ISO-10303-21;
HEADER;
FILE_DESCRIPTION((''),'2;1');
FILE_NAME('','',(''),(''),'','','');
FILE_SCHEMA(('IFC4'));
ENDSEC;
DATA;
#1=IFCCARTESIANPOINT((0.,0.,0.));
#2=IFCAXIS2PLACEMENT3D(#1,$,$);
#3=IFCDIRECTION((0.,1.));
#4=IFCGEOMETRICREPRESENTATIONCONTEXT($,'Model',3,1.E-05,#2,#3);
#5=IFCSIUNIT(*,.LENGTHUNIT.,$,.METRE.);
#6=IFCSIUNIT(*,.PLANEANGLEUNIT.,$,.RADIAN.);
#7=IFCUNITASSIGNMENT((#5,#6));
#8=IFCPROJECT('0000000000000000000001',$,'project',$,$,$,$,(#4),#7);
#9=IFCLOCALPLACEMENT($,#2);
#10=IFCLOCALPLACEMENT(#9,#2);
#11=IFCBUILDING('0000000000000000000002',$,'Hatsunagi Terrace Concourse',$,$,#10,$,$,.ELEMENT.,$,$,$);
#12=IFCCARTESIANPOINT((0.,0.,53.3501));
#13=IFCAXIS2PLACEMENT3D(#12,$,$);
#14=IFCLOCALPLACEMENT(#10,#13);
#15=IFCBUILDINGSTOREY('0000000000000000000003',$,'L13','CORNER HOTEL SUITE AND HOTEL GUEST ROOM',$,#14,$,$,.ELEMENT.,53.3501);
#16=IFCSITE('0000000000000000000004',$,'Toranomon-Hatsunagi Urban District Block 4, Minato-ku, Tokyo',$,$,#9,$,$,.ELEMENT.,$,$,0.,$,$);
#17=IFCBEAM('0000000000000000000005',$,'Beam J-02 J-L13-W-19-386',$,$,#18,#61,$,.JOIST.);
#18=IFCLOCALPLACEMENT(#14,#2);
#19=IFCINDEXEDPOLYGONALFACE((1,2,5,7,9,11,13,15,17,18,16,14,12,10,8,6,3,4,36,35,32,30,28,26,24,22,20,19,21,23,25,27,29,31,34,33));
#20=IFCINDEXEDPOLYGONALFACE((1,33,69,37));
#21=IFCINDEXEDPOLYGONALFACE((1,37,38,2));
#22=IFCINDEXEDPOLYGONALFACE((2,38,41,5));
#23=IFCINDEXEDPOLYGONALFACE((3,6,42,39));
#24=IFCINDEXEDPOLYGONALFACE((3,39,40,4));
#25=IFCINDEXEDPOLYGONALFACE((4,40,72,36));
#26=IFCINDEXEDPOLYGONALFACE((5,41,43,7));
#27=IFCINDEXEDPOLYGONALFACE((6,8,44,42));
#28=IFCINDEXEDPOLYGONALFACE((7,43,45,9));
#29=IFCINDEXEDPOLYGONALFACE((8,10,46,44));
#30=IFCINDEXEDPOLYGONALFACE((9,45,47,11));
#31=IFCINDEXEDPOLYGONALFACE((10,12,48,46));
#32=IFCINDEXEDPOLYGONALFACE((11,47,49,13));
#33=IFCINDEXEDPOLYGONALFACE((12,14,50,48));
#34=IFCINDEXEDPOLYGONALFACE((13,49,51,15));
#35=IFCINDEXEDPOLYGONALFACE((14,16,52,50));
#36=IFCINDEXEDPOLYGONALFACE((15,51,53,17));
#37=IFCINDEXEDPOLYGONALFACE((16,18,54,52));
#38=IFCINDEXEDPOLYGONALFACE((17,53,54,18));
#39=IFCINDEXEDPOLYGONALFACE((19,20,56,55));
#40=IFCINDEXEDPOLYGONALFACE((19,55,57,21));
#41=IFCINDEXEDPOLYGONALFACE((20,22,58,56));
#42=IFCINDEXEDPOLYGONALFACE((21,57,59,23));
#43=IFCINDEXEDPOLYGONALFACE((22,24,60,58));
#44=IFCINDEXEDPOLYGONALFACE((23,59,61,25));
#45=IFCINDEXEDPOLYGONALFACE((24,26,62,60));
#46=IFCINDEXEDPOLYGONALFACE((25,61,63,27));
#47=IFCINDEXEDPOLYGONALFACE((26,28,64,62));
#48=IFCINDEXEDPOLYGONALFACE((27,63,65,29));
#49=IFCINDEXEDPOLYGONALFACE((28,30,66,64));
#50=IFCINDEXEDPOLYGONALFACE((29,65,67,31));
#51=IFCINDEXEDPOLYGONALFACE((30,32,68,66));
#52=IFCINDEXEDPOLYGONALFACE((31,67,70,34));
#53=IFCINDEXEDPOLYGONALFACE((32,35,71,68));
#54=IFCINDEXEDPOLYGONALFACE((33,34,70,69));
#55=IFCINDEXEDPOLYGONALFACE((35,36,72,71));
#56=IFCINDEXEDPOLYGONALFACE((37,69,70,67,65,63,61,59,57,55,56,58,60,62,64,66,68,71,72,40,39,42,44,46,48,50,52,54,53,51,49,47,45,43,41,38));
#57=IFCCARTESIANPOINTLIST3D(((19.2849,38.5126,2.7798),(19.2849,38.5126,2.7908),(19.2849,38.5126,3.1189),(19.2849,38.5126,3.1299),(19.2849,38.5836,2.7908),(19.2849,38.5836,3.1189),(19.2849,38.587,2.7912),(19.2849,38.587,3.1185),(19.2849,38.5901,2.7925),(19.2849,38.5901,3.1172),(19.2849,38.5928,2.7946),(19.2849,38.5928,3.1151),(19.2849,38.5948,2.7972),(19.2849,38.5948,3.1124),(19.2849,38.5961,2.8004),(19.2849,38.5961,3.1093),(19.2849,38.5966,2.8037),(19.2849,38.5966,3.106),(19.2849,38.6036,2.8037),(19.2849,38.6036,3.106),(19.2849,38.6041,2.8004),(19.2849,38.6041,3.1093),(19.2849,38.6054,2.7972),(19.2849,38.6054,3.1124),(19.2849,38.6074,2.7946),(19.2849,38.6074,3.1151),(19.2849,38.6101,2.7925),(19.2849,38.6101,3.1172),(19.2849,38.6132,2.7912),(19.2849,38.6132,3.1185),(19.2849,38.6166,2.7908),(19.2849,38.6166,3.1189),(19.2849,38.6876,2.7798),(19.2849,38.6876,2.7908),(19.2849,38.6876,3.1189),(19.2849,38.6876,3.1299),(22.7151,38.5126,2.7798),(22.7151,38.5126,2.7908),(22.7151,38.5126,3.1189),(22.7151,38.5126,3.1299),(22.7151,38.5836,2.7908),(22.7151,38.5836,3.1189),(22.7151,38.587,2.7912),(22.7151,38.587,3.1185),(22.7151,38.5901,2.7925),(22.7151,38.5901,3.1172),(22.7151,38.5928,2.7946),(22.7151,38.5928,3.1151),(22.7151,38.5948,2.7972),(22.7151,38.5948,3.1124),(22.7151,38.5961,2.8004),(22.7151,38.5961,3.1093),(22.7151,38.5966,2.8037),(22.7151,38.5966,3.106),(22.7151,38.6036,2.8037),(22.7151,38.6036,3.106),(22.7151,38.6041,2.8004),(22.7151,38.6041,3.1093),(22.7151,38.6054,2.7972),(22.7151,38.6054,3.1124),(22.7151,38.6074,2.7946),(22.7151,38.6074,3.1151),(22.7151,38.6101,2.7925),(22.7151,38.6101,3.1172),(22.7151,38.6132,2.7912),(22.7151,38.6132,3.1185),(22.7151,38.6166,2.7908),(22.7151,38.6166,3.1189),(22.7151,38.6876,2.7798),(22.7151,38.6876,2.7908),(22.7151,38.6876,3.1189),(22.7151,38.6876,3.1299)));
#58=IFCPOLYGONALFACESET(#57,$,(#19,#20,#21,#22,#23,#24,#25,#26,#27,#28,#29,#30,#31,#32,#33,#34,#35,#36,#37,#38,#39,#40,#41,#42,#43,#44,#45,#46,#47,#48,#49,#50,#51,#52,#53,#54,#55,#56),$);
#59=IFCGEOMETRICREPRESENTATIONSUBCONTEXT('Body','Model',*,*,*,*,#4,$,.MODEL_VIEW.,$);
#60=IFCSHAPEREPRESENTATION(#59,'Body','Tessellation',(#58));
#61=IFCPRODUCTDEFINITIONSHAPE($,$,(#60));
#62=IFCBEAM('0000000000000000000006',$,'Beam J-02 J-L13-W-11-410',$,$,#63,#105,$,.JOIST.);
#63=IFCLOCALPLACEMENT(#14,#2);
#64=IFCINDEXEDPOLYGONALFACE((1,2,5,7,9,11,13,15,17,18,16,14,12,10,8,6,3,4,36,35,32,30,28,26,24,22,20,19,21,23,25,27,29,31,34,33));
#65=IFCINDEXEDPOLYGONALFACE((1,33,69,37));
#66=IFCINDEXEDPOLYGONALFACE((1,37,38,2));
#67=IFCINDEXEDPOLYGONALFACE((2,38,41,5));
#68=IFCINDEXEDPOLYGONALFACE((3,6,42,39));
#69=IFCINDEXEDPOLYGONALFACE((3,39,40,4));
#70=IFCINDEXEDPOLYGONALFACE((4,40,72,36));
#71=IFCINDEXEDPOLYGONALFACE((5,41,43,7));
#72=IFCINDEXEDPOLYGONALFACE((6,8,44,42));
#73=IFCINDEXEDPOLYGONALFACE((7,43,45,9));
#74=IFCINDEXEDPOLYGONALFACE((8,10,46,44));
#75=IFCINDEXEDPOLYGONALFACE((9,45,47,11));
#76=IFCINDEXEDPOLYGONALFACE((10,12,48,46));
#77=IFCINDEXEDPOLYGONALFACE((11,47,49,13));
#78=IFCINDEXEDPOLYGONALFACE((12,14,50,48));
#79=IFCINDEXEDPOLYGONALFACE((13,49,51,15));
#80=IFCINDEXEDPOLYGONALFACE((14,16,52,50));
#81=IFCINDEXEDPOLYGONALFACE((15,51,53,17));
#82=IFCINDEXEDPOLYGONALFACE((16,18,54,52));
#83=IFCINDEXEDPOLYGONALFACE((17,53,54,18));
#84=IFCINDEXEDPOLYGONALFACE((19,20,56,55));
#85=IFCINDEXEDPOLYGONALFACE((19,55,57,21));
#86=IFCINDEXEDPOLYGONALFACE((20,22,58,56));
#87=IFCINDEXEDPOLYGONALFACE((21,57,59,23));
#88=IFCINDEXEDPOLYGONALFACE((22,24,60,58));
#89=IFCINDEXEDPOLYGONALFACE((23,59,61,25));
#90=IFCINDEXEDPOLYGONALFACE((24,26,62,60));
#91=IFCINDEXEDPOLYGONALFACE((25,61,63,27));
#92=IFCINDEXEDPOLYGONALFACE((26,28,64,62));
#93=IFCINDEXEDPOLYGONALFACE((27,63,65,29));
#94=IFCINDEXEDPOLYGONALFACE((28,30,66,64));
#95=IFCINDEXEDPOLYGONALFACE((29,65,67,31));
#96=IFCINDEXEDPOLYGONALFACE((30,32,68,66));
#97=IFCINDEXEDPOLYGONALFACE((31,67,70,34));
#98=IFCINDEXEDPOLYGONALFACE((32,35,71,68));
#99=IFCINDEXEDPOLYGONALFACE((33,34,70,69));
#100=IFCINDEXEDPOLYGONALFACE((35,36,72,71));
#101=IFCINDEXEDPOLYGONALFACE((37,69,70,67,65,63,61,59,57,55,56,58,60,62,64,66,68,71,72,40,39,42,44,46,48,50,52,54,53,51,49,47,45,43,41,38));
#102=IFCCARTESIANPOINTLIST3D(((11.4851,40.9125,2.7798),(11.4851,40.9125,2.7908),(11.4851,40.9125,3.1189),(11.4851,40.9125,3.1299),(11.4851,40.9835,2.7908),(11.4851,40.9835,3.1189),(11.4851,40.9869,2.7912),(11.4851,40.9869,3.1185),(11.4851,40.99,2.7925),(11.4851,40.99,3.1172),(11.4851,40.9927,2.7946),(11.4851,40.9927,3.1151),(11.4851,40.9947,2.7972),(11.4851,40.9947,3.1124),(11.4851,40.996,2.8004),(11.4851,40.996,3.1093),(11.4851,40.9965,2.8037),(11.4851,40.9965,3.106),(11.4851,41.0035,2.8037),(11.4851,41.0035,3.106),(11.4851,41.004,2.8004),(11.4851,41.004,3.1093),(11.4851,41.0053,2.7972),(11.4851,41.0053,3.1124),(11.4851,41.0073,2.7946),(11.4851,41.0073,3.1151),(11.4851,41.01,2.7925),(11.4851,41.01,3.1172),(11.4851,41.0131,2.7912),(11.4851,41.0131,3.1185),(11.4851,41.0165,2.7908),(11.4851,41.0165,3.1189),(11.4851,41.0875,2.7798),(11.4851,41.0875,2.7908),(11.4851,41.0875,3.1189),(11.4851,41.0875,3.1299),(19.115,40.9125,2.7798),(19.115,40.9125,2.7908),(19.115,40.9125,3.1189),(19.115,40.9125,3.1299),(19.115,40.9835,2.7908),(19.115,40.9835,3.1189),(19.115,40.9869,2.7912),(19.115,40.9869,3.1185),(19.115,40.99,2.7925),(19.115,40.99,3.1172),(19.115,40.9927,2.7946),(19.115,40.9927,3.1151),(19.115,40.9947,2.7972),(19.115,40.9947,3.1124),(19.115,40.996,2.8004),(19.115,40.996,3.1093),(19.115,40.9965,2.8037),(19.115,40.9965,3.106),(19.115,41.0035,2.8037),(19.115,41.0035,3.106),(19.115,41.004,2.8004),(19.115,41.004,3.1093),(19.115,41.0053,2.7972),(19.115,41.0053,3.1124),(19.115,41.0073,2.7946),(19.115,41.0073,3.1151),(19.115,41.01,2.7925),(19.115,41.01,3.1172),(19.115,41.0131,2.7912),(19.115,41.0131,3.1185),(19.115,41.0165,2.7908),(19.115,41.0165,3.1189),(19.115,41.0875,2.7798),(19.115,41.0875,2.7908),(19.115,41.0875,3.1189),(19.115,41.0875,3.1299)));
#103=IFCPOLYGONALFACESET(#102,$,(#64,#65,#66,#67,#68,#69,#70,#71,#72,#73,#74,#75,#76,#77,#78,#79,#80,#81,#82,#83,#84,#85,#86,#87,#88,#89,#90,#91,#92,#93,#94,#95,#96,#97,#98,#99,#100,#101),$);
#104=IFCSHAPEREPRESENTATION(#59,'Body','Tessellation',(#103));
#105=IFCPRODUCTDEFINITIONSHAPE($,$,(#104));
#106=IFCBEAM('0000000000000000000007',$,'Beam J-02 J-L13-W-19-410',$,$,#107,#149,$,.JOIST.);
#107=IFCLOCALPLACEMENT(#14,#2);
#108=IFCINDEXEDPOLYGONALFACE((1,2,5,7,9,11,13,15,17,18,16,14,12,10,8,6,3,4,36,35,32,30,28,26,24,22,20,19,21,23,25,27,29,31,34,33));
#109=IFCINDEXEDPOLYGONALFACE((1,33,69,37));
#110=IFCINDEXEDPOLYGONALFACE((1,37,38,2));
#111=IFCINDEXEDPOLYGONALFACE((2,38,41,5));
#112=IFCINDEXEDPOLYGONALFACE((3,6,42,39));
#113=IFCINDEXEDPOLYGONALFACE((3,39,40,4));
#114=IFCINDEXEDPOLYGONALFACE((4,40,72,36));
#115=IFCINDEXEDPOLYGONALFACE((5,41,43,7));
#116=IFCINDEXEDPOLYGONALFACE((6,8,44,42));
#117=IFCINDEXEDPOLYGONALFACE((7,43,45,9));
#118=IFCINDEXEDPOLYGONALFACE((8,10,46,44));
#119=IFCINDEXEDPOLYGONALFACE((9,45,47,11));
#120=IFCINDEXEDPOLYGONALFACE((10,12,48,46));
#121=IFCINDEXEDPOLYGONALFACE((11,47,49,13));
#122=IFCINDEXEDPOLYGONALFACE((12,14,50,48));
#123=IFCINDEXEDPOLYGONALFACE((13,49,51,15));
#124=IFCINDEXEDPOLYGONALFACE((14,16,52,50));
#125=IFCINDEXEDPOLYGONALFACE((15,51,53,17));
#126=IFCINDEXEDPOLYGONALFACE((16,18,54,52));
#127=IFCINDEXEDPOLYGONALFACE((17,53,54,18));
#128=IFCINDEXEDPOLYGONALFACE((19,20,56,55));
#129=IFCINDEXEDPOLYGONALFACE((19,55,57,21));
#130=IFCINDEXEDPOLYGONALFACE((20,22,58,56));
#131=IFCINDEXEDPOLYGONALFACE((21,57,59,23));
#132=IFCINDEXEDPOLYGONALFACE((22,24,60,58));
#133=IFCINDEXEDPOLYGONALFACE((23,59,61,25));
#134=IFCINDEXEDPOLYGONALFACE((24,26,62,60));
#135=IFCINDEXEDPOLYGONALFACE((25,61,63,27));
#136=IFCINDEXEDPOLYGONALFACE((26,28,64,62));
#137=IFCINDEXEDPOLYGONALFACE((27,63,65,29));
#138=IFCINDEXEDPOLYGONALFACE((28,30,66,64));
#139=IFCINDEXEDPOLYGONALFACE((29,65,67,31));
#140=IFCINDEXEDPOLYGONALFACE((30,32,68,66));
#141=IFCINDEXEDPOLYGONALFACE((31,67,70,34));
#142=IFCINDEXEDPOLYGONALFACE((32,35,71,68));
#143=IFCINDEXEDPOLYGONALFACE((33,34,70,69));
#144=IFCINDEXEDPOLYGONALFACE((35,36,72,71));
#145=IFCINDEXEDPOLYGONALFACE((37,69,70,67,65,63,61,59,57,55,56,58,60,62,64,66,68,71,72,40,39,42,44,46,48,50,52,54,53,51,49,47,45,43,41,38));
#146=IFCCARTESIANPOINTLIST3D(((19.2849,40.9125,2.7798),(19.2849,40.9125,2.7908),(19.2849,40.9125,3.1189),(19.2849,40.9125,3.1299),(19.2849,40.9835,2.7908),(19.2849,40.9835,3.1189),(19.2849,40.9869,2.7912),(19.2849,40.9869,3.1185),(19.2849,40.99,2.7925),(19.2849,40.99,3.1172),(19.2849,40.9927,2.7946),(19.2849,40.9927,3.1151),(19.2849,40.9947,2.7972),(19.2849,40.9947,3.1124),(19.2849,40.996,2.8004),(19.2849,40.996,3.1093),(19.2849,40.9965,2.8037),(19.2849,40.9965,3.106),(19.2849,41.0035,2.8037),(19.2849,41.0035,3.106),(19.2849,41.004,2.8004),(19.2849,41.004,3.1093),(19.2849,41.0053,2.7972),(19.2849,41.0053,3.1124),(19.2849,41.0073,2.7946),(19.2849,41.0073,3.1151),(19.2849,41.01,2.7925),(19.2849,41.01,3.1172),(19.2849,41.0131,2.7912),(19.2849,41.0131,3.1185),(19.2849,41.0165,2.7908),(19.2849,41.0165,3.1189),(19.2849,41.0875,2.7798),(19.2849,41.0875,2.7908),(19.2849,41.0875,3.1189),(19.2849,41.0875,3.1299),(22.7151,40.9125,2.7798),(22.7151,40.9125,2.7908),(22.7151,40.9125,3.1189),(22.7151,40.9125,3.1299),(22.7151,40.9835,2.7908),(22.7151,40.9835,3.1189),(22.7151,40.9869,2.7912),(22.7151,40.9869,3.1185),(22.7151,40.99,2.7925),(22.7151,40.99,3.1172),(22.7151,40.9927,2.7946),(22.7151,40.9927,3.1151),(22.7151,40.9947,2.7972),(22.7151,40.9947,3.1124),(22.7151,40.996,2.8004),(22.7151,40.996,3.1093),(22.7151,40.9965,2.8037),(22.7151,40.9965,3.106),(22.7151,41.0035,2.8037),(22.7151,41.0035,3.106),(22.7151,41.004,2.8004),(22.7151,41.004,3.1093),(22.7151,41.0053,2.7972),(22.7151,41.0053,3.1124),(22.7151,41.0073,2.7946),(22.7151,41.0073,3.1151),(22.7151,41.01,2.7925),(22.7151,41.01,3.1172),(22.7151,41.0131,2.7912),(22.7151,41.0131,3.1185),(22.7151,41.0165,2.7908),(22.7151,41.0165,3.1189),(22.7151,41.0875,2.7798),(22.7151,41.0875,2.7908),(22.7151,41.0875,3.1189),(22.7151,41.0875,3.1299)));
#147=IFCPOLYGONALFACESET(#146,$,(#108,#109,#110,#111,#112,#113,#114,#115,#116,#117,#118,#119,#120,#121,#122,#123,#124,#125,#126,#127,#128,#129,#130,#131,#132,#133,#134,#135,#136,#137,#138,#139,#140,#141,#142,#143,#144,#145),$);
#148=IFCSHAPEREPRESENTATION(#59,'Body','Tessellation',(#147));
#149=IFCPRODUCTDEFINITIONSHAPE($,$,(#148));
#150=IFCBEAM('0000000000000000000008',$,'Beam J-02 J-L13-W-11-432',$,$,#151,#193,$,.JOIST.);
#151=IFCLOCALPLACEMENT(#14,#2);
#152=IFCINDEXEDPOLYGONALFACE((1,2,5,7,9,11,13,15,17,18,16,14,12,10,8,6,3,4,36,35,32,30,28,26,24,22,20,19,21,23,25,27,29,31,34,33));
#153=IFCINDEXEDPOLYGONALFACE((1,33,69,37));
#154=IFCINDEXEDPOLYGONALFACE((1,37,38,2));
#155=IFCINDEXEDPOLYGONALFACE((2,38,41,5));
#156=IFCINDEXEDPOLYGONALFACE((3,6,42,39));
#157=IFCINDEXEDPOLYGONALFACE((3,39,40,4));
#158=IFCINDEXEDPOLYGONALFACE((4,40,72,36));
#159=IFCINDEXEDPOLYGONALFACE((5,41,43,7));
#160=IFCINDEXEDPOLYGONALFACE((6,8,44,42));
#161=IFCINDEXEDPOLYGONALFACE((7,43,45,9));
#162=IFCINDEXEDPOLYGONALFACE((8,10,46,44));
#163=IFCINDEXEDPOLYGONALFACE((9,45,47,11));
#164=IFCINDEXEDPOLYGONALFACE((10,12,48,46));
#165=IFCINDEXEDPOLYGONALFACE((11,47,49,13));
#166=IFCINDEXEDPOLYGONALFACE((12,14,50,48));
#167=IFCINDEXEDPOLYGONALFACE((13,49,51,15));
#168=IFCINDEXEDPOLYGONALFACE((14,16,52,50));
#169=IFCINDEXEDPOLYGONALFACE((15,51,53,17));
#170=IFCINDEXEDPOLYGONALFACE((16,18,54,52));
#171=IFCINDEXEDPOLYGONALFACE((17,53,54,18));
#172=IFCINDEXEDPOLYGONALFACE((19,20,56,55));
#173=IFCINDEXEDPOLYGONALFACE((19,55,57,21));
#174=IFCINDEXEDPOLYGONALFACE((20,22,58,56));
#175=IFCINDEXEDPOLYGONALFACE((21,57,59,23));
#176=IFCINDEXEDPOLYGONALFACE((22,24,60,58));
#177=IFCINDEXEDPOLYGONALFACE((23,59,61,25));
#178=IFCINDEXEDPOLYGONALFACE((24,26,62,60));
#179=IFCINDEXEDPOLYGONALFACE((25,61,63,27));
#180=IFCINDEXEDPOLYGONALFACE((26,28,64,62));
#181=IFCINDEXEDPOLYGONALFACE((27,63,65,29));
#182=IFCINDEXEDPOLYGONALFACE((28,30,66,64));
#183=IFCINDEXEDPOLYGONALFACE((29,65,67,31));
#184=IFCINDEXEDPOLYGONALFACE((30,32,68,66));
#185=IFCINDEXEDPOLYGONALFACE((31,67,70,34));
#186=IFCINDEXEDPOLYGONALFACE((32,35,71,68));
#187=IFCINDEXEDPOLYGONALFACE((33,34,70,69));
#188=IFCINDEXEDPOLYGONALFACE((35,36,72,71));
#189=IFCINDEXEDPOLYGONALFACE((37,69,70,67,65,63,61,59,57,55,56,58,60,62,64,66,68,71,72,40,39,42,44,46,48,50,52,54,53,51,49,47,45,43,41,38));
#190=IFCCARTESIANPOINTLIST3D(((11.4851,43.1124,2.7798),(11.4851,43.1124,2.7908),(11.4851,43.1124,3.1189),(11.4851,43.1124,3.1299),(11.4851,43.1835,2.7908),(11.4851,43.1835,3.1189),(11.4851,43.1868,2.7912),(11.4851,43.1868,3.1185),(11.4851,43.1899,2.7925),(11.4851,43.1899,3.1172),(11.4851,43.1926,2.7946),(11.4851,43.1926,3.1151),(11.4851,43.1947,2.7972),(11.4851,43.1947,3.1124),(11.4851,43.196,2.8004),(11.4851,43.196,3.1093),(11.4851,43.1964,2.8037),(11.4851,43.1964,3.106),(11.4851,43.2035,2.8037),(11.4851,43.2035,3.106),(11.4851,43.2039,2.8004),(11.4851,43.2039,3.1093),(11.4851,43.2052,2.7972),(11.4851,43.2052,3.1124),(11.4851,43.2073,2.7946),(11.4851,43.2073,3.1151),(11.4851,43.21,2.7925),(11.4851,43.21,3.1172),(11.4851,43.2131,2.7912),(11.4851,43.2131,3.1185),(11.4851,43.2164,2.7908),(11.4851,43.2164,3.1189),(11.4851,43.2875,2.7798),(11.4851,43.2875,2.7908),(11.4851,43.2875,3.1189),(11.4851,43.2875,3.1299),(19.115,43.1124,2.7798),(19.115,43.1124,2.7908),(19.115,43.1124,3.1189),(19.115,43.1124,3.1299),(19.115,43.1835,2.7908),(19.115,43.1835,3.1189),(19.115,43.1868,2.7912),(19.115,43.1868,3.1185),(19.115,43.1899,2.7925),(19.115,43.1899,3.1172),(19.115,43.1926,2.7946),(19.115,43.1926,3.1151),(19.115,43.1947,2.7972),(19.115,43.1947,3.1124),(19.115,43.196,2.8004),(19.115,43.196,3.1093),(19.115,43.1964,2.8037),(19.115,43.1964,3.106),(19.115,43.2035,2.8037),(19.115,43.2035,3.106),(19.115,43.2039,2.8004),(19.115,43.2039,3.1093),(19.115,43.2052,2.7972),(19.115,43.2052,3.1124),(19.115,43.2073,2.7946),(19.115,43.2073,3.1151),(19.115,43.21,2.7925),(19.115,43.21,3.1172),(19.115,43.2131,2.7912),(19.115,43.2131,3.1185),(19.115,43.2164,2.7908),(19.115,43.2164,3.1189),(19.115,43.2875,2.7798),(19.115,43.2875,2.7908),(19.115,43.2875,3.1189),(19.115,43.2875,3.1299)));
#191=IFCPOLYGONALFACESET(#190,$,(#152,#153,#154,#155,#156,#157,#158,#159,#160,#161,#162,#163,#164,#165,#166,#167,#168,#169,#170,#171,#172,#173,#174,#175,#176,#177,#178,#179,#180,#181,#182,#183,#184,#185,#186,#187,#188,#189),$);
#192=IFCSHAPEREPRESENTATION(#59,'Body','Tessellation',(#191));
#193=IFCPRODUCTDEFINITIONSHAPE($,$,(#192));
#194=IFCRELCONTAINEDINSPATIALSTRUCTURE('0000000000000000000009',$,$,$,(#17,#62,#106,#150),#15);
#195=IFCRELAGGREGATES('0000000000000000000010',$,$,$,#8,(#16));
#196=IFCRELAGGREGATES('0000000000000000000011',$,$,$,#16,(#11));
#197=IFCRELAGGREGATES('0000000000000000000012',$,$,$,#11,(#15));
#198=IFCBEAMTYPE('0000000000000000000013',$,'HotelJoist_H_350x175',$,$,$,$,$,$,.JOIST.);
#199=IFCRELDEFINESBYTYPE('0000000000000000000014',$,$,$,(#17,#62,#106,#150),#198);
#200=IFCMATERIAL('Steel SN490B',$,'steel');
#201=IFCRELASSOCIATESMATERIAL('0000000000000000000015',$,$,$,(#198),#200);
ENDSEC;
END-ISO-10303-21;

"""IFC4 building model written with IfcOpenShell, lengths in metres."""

from ifc_helpers import new_model, si_unit, direction, frame, origin, origin_2d, place, context, subcontext, project, spatial, i_section, extrude, material, material_profile, profile_set, type_object, element, save


model = new_model("IFC4")

# Units and contexts
model_context = context("Model", 3, precision=1e-05, world=origin(), true_north=direction((0.0, 1.0)))
body_context = subcontext(model_context, "Body", "Model", "MODEL_VIEW")
ifc_project = project(units=[si_unit("LENGTHUNIT", "METRE"), si_unit("PLANEANGLEUNIT", "RADIAN")], contexts=[model_context])

# Site, building, storey
site_placement = place(None, origin())
site = spatial("IfcSite", under=ifc_project, at=site_placement, Name="Toranomon-Hatsunagi Urban District Block 4, Minato-ku, Tokyo", CompositionType="ELEMENT", RefElevation=0.0)
building_placement = place(site_placement, origin())
building = spatial("IfcBuilding", under=site, at=building_placement, Name="Hatsunagi Terrace Concourse", CompositionType="ELEMENT")
storey_placement = place(building_placement, frame((0.0, 0.0, 53.3501)))
storey = spatial("IfcBuildingStorey", under=building, at=storey_placement, Name="L13", Description="CORNER HOTEL SUITE AND HOTEL GUEST ROOM", CompositionType="ELEMENT", Elevation=53.3501)

# Beams
ifc_material_1 = material(Name="Steel SN490B", Category="steel")
ifc_material_profile_1 = material_profile(ifc_material_1, i_section(OverallWidth=0.175, OverallDepth=0.3501, WebThickness=0.0071, FlangeThickness=0.011, FilletRadius=0.0129, at=origin_2d()), Name="H-350x175x7x11")
ifc_profile_set_1 = profile_set([ifc_material_profile_1], Name="Steel SN490B")
beam_type_1 = type_object("IfcBeamType", Name="HotelJoist_H_350x175", PredefinedType="JOIST", material=ifc_profile_set_1)
beam_1_placement = place(storey_placement, frame((19.2849, 38.6001, 2.9548), z_axis=(1.0, 0.0, 0.0), x_axis=(0.0, 1.0, 0.0)))
element("IfcBeam", 1, at=beam_1_placement, inside=storey, type_object=beam_type_1, Name="Beam J-02 J-L13-W-19-386", PredefinedType="JOIST", context=body_context, shape_type="SweptSolid", body=[
    extrude(i_section(OverallWidth=0.175, OverallDepth=0.3501, WebThickness=0.0071, FlangeThickness=0.011, FilletRadius=0.0129, at=origin_2d()), origin(), (0.0, 0.0, 1.0), 3.4302),
])
beam_2_placement = place(storey_placement, frame((11.4851, 41.0, 2.9548), z_axis=(1.0, 0.0, 0.0), x_axis=(0.0, 1.0, 0.0)))
element("IfcBeam", 2, at=beam_2_placement, inside=storey, type_object=beam_type_1, Name="Beam J-02 J-L13-W-11-410", PredefinedType="JOIST", context=body_context, shape_type="SweptSolid", body=[
    extrude(i_section(OverallWidth=0.175, OverallDepth=0.3501, WebThickness=0.0071, FlangeThickness=0.011, FilletRadius=0.0129, at=origin_2d()), origin(), (0.0, 0.0, 1.0), 7.6299),
])
beam_3_placement = place(storey_placement, frame((19.2849, 41.0, 2.9548), z_axis=(1.0, 0.0, 0.0), x_axis=(0.0, 1.0, 0.0)))
element("IfcBeam", 3, at=beam_3_placement, inside=storey, type_object=beam_type_1, Name="Beam J-02 J-L13-W-19-410", PredefinedType="JOIST", context=body_context, shape_type="SweptSolid", body=[
    extrude(i_section(OverallWidth=0.175, OverallDepth=0.3501, WebThickness=0.0071, FlangeThickness=0.011, FilletRadius=0.0129, at=origin_2d()), origin(), (0.0, 0.0, 1.0), 3.4302),
])
for number, where, z_axis, x_axis, name in (
    (4, (11.4851, 43.2, 2.9548), (1.0, 0.0, 0.0), (0.0, 1.0, 0.0), "Beam J-02 J-L13-W-11-432"),
):
    element("IfcBeam", number, at=place(storey_placement, frame(where, z_axis=z_axis, x_axis=x_axis)), inside=storey, type_object=beam_type_1, Name=name, PredefinedType="JOIST", context=body_context, shape_type="SweptSolid", body=[
        extrude(i_section(OverallWidth=0.175, OverallDepth=0.3501, WebThickness=0.0071, FlangeThickness=0.011, FilletRadius=0.0129, at=origin_2d()), origin(), (0.0, 0.0, 1.0), 7.6299),
    ])

save(model, "model.ifc")
